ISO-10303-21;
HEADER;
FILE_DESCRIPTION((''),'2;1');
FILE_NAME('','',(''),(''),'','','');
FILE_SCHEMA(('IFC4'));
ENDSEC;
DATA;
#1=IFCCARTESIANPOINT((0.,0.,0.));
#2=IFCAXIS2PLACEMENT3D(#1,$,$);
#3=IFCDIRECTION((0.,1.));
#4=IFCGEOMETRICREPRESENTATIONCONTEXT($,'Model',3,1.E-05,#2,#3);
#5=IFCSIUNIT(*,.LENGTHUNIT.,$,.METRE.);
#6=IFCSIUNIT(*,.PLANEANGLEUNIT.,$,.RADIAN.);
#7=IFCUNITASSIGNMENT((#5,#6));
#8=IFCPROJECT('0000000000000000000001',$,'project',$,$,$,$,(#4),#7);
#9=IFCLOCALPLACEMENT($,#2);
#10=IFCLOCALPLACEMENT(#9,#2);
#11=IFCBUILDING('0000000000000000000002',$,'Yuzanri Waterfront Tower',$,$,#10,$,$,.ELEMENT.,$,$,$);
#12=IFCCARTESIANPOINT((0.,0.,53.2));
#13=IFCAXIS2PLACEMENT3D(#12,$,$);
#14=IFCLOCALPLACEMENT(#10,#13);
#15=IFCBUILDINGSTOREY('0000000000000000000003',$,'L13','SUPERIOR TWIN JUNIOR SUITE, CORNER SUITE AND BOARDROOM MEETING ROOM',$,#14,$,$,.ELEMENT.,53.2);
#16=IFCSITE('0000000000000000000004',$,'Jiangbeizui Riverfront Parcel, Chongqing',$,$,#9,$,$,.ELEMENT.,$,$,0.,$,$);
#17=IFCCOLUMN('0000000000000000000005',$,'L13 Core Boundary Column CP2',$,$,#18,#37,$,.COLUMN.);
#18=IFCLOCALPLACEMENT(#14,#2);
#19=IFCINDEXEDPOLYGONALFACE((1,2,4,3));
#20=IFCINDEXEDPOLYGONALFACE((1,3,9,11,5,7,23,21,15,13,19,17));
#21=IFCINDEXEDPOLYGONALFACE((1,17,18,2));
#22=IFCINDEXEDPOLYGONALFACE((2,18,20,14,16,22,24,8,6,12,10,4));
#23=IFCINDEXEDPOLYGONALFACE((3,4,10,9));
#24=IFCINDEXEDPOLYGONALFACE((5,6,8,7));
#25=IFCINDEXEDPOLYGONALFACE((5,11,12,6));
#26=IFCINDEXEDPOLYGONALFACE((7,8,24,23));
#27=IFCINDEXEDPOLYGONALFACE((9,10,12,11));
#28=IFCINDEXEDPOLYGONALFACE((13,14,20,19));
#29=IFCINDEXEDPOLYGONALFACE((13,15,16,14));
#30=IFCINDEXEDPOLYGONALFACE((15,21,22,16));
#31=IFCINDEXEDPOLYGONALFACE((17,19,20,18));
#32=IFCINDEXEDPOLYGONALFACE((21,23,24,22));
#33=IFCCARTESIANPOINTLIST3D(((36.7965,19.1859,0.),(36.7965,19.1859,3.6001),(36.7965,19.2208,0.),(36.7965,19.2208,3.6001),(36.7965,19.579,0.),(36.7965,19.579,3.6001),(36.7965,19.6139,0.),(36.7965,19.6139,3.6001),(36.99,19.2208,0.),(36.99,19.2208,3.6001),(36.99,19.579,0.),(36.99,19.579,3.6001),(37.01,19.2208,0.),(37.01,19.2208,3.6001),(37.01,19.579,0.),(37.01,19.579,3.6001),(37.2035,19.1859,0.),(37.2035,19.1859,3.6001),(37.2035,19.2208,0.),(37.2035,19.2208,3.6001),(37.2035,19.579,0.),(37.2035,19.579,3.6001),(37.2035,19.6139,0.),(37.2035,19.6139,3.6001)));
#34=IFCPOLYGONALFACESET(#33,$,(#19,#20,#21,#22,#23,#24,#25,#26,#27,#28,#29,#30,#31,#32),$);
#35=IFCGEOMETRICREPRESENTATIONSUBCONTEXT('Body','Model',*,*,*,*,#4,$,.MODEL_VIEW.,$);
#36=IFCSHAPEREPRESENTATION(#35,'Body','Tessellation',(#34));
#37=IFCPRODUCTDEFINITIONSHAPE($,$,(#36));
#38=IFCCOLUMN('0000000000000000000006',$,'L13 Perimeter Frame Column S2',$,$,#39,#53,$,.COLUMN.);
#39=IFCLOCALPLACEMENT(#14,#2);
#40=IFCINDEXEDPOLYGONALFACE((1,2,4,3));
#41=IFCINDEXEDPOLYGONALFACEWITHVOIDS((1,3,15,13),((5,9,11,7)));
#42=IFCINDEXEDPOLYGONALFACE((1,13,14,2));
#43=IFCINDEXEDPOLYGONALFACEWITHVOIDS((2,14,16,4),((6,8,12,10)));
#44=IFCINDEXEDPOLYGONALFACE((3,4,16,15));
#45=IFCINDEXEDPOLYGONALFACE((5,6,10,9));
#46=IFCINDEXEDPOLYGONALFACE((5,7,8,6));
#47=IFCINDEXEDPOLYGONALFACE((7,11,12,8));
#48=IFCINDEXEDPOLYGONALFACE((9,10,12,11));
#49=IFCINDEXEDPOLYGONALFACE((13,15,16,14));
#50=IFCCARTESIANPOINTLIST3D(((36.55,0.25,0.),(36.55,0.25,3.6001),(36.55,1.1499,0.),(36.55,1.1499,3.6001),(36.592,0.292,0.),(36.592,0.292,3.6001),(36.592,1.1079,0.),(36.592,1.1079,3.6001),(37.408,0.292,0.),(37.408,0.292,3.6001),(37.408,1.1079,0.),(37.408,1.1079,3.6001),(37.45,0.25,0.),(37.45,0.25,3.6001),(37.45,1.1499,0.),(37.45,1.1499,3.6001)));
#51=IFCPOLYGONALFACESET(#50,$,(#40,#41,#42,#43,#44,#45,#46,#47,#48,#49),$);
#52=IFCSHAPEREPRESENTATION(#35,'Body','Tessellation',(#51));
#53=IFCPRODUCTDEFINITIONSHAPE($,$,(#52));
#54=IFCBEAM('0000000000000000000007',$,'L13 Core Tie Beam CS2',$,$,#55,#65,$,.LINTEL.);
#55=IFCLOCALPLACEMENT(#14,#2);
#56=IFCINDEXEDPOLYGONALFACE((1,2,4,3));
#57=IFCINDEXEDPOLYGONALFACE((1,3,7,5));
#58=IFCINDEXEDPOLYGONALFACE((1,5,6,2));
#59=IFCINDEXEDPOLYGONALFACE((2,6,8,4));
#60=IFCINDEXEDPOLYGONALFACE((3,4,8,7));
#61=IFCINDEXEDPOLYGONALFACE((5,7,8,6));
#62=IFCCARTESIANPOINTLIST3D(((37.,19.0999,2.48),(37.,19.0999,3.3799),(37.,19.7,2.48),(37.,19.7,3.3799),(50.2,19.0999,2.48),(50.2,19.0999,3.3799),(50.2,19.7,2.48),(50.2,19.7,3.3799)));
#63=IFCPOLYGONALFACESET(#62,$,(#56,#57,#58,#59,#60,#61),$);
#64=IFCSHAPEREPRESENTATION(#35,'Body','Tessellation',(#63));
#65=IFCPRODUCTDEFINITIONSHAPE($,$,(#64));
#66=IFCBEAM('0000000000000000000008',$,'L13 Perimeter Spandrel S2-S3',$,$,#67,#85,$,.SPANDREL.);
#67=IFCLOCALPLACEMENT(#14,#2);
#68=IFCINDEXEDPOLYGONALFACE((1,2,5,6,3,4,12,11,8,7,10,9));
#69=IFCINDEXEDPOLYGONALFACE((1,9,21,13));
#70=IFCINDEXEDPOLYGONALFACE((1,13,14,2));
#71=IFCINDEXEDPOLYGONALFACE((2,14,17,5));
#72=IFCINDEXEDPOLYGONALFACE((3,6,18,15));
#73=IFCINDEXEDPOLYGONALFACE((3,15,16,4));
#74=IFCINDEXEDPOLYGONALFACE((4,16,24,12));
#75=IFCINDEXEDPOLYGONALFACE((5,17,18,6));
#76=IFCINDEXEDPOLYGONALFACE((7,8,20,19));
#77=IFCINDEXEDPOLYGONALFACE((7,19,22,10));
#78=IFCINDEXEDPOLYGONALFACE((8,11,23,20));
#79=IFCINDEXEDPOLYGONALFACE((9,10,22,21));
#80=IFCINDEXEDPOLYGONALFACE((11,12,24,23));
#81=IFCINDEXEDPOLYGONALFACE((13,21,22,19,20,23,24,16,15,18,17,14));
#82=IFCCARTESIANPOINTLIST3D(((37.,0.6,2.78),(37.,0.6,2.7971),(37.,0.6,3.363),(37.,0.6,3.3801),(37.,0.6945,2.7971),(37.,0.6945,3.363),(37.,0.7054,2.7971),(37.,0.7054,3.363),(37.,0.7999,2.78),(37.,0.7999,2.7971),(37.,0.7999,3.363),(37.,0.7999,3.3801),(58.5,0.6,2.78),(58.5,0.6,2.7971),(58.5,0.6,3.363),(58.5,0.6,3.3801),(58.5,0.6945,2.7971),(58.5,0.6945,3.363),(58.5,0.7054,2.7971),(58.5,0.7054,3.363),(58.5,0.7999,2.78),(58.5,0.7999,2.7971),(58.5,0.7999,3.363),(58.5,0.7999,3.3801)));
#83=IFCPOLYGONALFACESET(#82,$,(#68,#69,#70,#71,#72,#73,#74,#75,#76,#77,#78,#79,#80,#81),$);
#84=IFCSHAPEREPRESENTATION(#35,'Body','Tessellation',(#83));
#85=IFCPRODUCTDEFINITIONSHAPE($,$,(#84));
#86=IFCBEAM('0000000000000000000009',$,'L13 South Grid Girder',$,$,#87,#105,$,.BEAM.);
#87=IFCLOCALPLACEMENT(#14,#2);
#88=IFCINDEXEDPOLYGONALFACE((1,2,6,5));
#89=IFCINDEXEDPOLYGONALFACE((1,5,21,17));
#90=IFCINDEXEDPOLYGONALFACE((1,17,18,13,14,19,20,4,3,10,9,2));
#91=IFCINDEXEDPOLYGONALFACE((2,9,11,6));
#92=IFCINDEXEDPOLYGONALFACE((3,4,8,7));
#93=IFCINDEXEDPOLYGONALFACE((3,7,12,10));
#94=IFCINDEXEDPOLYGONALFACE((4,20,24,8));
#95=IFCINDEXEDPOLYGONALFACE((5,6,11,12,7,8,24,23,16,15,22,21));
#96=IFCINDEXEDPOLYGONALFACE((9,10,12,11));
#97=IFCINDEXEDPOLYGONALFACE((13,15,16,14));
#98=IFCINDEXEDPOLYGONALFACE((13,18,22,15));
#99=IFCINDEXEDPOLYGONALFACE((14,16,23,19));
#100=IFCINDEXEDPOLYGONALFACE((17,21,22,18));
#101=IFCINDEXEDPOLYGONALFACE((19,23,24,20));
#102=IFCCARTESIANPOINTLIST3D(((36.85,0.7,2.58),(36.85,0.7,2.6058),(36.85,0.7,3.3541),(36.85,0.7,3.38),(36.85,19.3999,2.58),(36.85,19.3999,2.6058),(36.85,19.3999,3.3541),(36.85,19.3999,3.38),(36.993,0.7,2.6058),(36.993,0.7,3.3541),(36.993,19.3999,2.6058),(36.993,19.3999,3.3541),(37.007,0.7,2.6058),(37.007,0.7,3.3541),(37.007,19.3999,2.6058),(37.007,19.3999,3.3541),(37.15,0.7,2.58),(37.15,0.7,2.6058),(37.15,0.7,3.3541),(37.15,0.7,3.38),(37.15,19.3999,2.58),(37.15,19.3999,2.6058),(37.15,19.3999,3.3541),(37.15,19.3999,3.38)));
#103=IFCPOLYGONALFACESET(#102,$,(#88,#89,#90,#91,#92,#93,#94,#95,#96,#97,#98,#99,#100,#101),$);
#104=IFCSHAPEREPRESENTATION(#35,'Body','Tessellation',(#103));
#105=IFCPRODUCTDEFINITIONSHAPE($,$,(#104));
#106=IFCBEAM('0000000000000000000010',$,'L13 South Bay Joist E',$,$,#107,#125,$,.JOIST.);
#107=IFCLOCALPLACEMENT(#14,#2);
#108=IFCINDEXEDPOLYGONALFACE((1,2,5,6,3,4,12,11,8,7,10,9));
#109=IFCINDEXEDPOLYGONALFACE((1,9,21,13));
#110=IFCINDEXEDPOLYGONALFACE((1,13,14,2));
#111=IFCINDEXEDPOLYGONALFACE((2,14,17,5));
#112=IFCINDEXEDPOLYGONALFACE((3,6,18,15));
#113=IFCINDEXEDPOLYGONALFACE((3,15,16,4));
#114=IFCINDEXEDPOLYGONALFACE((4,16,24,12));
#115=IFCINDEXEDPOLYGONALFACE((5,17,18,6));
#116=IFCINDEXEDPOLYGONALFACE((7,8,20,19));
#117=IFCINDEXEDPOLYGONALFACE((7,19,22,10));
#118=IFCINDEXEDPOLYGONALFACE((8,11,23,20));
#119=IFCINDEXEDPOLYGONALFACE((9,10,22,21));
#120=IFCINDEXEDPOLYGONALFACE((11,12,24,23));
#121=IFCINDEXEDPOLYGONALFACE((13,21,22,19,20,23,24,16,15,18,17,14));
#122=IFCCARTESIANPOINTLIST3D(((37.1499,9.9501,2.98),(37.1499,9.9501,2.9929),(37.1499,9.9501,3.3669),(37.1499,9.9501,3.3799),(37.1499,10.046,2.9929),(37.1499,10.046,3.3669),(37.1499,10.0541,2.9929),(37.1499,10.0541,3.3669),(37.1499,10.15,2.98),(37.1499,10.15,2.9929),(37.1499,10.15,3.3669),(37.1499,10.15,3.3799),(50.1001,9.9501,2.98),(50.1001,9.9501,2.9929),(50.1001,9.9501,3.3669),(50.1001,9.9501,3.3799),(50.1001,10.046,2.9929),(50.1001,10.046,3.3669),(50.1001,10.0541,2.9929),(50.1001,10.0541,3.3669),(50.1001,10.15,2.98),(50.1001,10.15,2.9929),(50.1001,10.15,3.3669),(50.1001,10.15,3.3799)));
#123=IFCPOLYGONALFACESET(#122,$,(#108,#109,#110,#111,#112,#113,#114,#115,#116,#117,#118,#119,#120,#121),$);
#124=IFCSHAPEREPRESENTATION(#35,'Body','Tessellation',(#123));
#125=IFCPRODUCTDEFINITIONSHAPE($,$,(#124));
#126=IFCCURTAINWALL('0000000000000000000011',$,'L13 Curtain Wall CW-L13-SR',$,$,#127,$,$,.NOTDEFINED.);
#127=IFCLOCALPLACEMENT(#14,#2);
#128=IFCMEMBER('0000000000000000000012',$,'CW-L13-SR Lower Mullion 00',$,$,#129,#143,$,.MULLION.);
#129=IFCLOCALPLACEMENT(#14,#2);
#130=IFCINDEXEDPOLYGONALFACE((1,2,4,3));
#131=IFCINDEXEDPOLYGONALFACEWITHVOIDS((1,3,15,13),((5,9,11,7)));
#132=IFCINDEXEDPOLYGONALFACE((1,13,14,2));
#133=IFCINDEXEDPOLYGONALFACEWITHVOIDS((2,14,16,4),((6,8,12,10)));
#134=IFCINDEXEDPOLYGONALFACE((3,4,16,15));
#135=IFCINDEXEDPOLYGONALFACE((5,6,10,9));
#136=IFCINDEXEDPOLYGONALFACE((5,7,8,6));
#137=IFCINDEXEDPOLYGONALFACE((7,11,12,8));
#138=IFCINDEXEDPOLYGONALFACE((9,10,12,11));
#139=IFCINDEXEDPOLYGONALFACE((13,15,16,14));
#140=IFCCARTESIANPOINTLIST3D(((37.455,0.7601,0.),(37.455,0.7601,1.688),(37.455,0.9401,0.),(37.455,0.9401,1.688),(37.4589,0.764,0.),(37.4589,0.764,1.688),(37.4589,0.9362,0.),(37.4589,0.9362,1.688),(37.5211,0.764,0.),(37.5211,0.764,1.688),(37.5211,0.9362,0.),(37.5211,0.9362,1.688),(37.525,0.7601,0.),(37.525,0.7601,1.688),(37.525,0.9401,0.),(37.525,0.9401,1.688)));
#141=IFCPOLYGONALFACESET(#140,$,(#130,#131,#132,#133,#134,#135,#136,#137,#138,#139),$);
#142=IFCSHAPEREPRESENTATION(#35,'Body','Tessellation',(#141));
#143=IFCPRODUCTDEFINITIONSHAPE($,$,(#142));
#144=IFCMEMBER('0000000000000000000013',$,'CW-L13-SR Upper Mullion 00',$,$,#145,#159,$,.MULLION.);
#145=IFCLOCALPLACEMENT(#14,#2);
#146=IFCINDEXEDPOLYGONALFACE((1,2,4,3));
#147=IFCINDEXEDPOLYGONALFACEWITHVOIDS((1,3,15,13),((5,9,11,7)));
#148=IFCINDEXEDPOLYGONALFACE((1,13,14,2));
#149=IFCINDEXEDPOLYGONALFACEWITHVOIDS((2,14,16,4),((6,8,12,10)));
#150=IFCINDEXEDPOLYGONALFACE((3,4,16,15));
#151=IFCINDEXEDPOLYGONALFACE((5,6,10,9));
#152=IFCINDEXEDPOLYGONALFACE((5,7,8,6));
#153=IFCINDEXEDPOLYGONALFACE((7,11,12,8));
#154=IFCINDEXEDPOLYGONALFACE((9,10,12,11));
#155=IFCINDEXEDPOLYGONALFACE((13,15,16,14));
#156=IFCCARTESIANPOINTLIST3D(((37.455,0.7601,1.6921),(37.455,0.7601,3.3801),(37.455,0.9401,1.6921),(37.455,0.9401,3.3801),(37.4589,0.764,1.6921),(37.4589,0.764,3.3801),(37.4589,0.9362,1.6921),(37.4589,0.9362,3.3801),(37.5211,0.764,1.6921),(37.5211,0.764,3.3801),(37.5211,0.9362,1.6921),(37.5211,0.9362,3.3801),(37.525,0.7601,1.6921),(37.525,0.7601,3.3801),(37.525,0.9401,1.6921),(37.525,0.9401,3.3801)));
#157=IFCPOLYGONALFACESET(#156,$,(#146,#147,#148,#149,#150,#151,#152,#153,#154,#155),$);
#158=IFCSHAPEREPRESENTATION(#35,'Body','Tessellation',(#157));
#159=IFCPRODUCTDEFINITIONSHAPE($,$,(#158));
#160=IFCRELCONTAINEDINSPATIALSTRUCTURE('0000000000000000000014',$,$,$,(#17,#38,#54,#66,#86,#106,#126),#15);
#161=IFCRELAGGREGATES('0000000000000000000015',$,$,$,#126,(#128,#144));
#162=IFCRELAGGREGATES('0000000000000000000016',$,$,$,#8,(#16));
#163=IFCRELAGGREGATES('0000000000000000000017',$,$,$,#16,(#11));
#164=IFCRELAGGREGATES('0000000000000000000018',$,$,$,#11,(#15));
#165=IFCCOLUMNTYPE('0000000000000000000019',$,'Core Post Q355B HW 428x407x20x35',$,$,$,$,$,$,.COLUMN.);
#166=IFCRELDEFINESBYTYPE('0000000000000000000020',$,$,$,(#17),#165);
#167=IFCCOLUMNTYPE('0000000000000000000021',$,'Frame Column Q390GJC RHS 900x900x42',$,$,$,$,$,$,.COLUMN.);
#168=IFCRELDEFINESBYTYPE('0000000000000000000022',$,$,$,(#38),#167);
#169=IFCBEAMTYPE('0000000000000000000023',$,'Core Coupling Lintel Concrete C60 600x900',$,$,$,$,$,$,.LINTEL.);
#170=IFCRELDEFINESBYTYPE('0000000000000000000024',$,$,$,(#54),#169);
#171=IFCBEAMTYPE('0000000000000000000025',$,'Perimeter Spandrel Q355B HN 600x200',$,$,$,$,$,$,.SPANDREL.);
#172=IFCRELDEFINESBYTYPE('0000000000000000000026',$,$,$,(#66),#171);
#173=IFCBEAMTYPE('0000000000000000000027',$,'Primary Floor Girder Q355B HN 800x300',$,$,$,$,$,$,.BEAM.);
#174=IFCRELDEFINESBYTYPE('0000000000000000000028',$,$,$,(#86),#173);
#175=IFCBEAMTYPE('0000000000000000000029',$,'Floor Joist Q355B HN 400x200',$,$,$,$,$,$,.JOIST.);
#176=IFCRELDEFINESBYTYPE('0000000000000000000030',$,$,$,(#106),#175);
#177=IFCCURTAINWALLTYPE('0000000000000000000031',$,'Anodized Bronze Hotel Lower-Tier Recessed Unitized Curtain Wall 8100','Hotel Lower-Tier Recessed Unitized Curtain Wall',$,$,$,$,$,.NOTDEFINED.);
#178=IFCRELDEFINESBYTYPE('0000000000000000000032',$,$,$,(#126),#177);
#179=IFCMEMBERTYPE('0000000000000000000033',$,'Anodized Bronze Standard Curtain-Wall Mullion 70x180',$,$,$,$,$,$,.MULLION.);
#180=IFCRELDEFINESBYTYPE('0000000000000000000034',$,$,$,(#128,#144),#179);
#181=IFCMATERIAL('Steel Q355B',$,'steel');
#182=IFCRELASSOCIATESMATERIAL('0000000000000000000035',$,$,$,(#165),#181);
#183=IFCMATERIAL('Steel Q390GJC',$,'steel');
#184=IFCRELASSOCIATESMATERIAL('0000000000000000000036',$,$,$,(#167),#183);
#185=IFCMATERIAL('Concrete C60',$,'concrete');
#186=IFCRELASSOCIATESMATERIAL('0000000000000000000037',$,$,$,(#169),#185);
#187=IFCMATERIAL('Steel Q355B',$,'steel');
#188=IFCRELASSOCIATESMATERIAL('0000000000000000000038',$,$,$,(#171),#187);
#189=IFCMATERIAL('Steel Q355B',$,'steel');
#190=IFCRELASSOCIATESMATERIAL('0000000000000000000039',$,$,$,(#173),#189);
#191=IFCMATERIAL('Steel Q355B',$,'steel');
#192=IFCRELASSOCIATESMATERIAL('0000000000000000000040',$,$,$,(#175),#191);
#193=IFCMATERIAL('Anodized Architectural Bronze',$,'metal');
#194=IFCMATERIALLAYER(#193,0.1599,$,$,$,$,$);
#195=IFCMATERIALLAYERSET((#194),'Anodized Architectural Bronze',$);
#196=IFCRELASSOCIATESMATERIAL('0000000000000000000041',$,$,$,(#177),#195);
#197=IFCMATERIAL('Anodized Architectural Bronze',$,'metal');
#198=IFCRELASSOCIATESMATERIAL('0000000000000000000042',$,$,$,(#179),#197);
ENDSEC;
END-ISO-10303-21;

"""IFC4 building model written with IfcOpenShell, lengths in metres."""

from ifc_helpers import new_model, si_unit, direction, frame, origin, origin_2d, place, context, subcontext, project, spatial, rectangle, hollow_rectangle, i_section, extrude, source, transform, mapped, material, layer, layer_set, material_profile, profile_set, type_object, element, aggregate, save


model = new_model("IFC4")

# Units and contexts
model_context = context("Model", 3, precision=1e-05, world=origin(), true_north=direction((0.0, 1.0)))
body_context = subcontext(model_context, "Body", "Model", "MODEL_VIEW")
ifc_project = project(units=[si_unit("LENGTHUNIT", "METRE"), si_unit("PLANEANGLEUNIT", "RADIAN")], contexts=[model_context])

# Site, building, storey
site_placement = place(None, origin())
site = spatial("IfcSite", under=ifc_project, at=site_placement, Name="Jiangbeizui Riverfront Parcel, Chongqing", CompositionType="ELEMENT", RefElevation=0.0)
building_placement = place(site_placement, origin())
building = spatial("IfcBuilding", under=site, at=building_placement, Name="Yuzanri Waterfront Tower", CompositionType="ELEMENT")
storey_placement = place(building_placement, frame((0.0, 0.0, 53.2)))
storey = spatial("IfcBuildingStorey", under=building, at=storey_placement, Name="L13", Description="SUPERIOR TWIN JUNIOR SUITE, CORNER SUITE AND BOARDROOM MEETING ROOM", CompositionType="ELEMENT", Elevation=53.2)

# Columns
ifc_material_1 = material(Name="Steel Q355B", Category="steel")
ifc_material_profile_1 = material_profile(ifc_material_1, i_section(OverallWidth=0.407, OverallDepth=0.428, WebThickness=0.02, FlangeThickness=0.0349, at=origin_2d()), Name="HW 428x407x20x35")
ifc_profile_set_1 = profile_set([ifc_material_profile_1], Name="Steel Q355B")
column_type_1 = type_object("IfcColumnType", Name="Core Post Q355B HW 428x407x20x35", PredefinedType="COLUMN", material=ifc_profile_set_1)
shared_shape_1 = source(origin(), body_context, "Body", "SweptSolid", [
    extrude(i_section(OverallWidth=0.407, OverallDepth=0.428, WebThickness=0.02, FlangeThickness=0.0349, at=origin_2d()), origin(), (0.0, 0.0, 1.0), 3.6001),
])
column_1_placement = place(storey_placement, frame((37.0, 19.3999, 0.0), z_axis=(0.0, 0.0, 1.0), x_axis=(1.0, 0.0, 0.0)))
element("IfcColumn", 1, at=column_1_placement, inside=storey, type_object=column_type_1, Name="L13 Core Boundary Column CP2", PredefinedType="COLUMN", context=body_context, shape_type="MappedRepresentation", body=[
    mapped(shared_shape_1, transform((0.0, 0.0, 0.0), scale=1.0)),
])
ifc_material_2 = material(Name="Steel Q390GJC", Category="steel")
ifc_material_profile_2 = material_profile(ifc_material_2, hollow_rectangle(XDim=0.8999, YDim=0.8999, WallThickness=0.042, at=origin_2d()), Name="RHS 900x900x42")
ifc_profile_set_2 = profile_set([ifc_material_profile_2], Name="Steel Q390GJC")
column_type_2 = type_object("IfcColumnType", Name="Frame Column Q390GJC RHS 900x900x42", PredefinedType="COLUMN", material=ifc_profile_set_2)
shared_shape_2 = source(origin(), body_context, "Body", "SweptSolid", [
    extrude(hollow_rectangle(XDim=0.8999, YDim=0.8999, WallThickness=0.042, at=origin_2d()), origin(), (0.0, 0.0, 1.0), 3.6001),
])
column_2_placement = place(storey_placement, frame((37.0, 0.7, 0.0), z_axis=(0.0, 0.0, 1.0), x_axis=(1.0, 0.0, 0.0)))
element("IfcColumn", 2, at=column_2_placement, inside=storey, type_object=column_type_2, Name="L13 Perimeter Frame Column S2", PredefinedType="COLUMN", context=body_context, shape_type="MappedRepresentation", body=[
    mapped(shared_shape_2, transform((0.0, 0.0, 0.0), scale=1.0)),
])

# Beams
ifc_material_3 = material(Name="Concrete C60", Category="concrete")
ifc_material_profile_3 = material_profile(ifc_material_3, rectangle(XDim=0.6001, YDim=0.8999, at=origin_2d()), Name="RC 600x900")
ifc_profile_set_3 = profile_set([ifc_material_profile_3], Name="Concrete C60")
beam_type_1 = type_object("IfcBeamType", Name="Core Coupling Lintel Concrete C60 600x900", PredefinedType="LINTEL", material=ifc_profile_set_3)
shared_shape_3 = source(origin(), body_context, "Body", "SweptSolid", [
    extrude(rectangle(XDim=0.6001, YDim=0.8999, at=origin_2d()), origin(), (0.0, 0.0, 1.0), 13.2),
])
beam_1_placement = place(storey_placement, frame((37.0, 19.3999, 2.9299), z_axis=(1.0, 0.0, 0.0), x_axis=(0.0, 1.0, 0.0)))
element("IfcBeam", 3, at=beam_1_placement, inside=storey, type_object=beam_type_1, Name="L13 Core Tie Beam CS2", PredefinedType="LINTEL", context=body_context, shape_type="MappedRepresentation", body=[
    mapped(shared_shape_3, transform((0.0, 0.0, 0.0), scale=1.0)),
])
ifc_material_4 = material(Name="Steel Q355B", Category="steel")
ifc_material_profile_4 = material_profile(ifc_material_4, i_section(OverallWidth=0.2, OverallDepth=0.6001, WebThickness=0.011, FlangeThickness=0.0171, at=origin_2d()), Name="HN 600x200x11x17")
ifc_profile_set_4 = profile_set([ifc_material_profile_4], Name="Steel Q355B")
beam_type_2 = type_object("IfcBeamType", Name="Perimeter Spandrel Q355B HN 600x200", PredefinedType="SPANDREL", material=ifc_profile_set_4)
shared_shape_4 = source(origin(), body_context, "Body", "SweptSolid", [
    extrude(i_section(OverallWidth=0.2, OverallDepth=0.6001, WebThickness=0.011, FlangeThickness=0.0171, at=origin_2d()), origin(), (0.0, 0.0, 1.0), 21.5),
])
beam_2_placement = place(storey_placement, frame((37.0, 0.7, 3.0801), z_axis=(1.0, 0.0, 0.0), x_axis=(0.0, 1.0, 0.0)))
element("IfcBeam", 4, at=beam_2_placement, inside=storey, type_object=beam_type_2, Name="L13 Perimeter Spandrel S2-S3", PredefinedType="SPANDREL", context=body_context, shape_type="MappedRepresentation", body=[
    mapped(shared_shape_4, transform((0.0, 0.0, 0.0), scale=1.0)),
])
ifc_material_5 = material(Name="Steel Q355B", Category="steel")
ifc_material_profile_5 = material_profile(ifc_material_5, i_section(OverallWidth=0.3, OverallDepth=0.8, WebThickness=0.0139, FlangeThickness=0.0259, at=origin_2d()), Name="HN 800x300x14x26")
ifc_profile_set_5 = profile_set([ifc_material_profile_5], Name="Steel Q355B")
beam_type_3 = type_object("IfcBeamType", Name="Primary Floor Girder Q355B HN 800x300", PredefinedType="BEAM", material=ifc_profile_set_5)
shared_shape_5 = source(origin(), body_context, "Body", "SweptSolid", [
    extrude(i_section(OverallWidth=0.3, OverallDepth=0.8, WebThickness=0.0139, FlangeThickness=0.0259, at=origin_2d()), origin(), (0.0, 0.0, 1.0), 18.7),
])
beam_3_placement = place(storey_placement, frame((37.0, 19.3999, 2.98), z_axis=(0.0, -1.0, 0.0), x_axis=(1.0, 0.0, 0.0)))
element("IfcBeam", 5, at=beam_3_placement, inside=storey, type_object=beam_type_3, Name="L13 South Grid Girder", PredefinedType="BEAM", context=body_context, shape_type="MappedRepresentation", body=[
    mapped(shared_shape_5, transform((0.0, 0.0, 0.0), scale=1.0)),
])
ifc_material_6 = material(Name="Steel Q355B", Category="steel")
ifc_material_profile_6 = material_profile(ifc_material_6, i_section(OverallWidth=0.2, OverallDepth=0.3999, WebThickness=0.0081, FlangeThickness=0.0129, at=origin_2d()), Name="HN 400x200x8x13")
ifc_profile_set_6 = profile_set([ifc_material_profile_6], Name="Steel Q355B")
beam_type_4 = type_object("IfcBeamType", Name="Floor Joist Q355B HN 400x200", PredefinedType="JOIST", material=ifc_profile_set_6)
shared_shape_6 = source(origin(), body_context, "Body", "SweptSolid", [
    extrude(i_section(OverallWidth=0.2, OverallDepth=0.3999, WebThickness=0.0081, FlangeThickness=0.0129, at=origin_2d()), origin(), (0.0, 0.0, 1.0), 12.9502),
])
beam_4_placement = place(storey_placement, frame((37.1499, 10.05, 3.1799), z_axis=(1.0, 0.0, 0.0), x_axis=(0.0, 1.0, 0.0)))
element("IfcBeam", 6, at=beam_4_placement, inside=storey, type_object=beam_type_4, Name="L13 South Bay Joist E", PredefinedType="JOIST", context=body_context, shape_type="MappedRepresentation", body=[
    mapped(shared_shape_6, transform((0.0, 0.0, 0.0), scale=1.0)),
])

# Curtain wall, members
ifc_material_7 = material(Name="Anodized Architectural Bronze", Category="metal")
ifc_layer_1 = layer(ifc_material_7, 0.1599)
ifc_layer_set_1 = layer_set([ifc_layer_1], Name="Anodized Architectural Bronze")
curtain_wall_type = type_object("IfcCurtainWallType", Name="Anodized Bronze Hotel Lower-Tier Recessed Unitized Curtain Wall 8100", Description="Hotel Lower-Tier Recessed Unitized Curtain Wall", PredefinedType="NOTDEFINED", material=ifc_layer_set_1)
curtain_wall_placement = place(storey_placement, origin())
curtain_wall = element("IfcCurtainWall", 7, at=curtain_wall_placement, inside=storey, type_object=curtain_wall_type, Name="L13 Curtain Wall CW-L13-SR", PredefinedType="NOTDEFINED")
ifc_material_8 = material(Name="Anodized Architectural Bronze", Category="metal")
ifc_material_profile_7 = material_profile(ifc_material_8, hollow_rectangle(XDim=0.0701, YDim=0.1799, WallThickness=0.0039, at=origin_2d()), Name="CWM 70x180")
ifc_profile_set_7 = profile_set([ifc_material_profile_7], Name="Anodized Architectural Bronze")
member_type_1 = type_object("IfcMemberType", Name="Anodized Bronze Standard Curtain-Wall Mullion 70x180", PredefinedType="MULLION", material=ifc_profile_set_7)
shared_shape_7 = source(origin(), body_context, "Body", "SweptSolid", [
    extrude(hollow_rectangle(XDim=0.0701, YDim=0.1799, WallThickness=0.0039, at=origin_2d()), origin(), (0.0, 0.0, 1.0), 1.688),
])
member_1_placement = place(storey_placement, frame((37.49, 0.8501, 0.0), z_axis=(0.0, 0.0, 1.0), x_axis=(1.0, 0.0, 0.0)))
member_1 = element("IfcMember", 8, at=member_1_placement, type_object=member_type_1, Name="CW-L13-SR Lower Mullion 00", PredefinedType="MULLION", context=body_context, shape_type="MappedRepresentation", body=[
    mapped(shared_shape_7, transform((0.0, 0.0, 0.0), scale=1.0)),
])
member_2_placement = place(storey_placement, frame((37.49, 0.8501, 1.6921), z_axis=(0.0, 0.0, 1.0), x_axis=(1.0, 0.0, 0.0)))
member_2 = element("IfcMember", 9, at=member_2_placement, type_object=member_type_1, Name="CW-L13-SR Upper Mullion 00", PredefinedType="MULLION", context=body_context, shape_type="MappedRepresentation", body=[
    mapped(shared_shape_7, transform((0.0, 0.0, 0.0), scale=1.0)),
])
aggregate(curtain_wall, [member_1, member_2])

save(model, "model.ifc")
